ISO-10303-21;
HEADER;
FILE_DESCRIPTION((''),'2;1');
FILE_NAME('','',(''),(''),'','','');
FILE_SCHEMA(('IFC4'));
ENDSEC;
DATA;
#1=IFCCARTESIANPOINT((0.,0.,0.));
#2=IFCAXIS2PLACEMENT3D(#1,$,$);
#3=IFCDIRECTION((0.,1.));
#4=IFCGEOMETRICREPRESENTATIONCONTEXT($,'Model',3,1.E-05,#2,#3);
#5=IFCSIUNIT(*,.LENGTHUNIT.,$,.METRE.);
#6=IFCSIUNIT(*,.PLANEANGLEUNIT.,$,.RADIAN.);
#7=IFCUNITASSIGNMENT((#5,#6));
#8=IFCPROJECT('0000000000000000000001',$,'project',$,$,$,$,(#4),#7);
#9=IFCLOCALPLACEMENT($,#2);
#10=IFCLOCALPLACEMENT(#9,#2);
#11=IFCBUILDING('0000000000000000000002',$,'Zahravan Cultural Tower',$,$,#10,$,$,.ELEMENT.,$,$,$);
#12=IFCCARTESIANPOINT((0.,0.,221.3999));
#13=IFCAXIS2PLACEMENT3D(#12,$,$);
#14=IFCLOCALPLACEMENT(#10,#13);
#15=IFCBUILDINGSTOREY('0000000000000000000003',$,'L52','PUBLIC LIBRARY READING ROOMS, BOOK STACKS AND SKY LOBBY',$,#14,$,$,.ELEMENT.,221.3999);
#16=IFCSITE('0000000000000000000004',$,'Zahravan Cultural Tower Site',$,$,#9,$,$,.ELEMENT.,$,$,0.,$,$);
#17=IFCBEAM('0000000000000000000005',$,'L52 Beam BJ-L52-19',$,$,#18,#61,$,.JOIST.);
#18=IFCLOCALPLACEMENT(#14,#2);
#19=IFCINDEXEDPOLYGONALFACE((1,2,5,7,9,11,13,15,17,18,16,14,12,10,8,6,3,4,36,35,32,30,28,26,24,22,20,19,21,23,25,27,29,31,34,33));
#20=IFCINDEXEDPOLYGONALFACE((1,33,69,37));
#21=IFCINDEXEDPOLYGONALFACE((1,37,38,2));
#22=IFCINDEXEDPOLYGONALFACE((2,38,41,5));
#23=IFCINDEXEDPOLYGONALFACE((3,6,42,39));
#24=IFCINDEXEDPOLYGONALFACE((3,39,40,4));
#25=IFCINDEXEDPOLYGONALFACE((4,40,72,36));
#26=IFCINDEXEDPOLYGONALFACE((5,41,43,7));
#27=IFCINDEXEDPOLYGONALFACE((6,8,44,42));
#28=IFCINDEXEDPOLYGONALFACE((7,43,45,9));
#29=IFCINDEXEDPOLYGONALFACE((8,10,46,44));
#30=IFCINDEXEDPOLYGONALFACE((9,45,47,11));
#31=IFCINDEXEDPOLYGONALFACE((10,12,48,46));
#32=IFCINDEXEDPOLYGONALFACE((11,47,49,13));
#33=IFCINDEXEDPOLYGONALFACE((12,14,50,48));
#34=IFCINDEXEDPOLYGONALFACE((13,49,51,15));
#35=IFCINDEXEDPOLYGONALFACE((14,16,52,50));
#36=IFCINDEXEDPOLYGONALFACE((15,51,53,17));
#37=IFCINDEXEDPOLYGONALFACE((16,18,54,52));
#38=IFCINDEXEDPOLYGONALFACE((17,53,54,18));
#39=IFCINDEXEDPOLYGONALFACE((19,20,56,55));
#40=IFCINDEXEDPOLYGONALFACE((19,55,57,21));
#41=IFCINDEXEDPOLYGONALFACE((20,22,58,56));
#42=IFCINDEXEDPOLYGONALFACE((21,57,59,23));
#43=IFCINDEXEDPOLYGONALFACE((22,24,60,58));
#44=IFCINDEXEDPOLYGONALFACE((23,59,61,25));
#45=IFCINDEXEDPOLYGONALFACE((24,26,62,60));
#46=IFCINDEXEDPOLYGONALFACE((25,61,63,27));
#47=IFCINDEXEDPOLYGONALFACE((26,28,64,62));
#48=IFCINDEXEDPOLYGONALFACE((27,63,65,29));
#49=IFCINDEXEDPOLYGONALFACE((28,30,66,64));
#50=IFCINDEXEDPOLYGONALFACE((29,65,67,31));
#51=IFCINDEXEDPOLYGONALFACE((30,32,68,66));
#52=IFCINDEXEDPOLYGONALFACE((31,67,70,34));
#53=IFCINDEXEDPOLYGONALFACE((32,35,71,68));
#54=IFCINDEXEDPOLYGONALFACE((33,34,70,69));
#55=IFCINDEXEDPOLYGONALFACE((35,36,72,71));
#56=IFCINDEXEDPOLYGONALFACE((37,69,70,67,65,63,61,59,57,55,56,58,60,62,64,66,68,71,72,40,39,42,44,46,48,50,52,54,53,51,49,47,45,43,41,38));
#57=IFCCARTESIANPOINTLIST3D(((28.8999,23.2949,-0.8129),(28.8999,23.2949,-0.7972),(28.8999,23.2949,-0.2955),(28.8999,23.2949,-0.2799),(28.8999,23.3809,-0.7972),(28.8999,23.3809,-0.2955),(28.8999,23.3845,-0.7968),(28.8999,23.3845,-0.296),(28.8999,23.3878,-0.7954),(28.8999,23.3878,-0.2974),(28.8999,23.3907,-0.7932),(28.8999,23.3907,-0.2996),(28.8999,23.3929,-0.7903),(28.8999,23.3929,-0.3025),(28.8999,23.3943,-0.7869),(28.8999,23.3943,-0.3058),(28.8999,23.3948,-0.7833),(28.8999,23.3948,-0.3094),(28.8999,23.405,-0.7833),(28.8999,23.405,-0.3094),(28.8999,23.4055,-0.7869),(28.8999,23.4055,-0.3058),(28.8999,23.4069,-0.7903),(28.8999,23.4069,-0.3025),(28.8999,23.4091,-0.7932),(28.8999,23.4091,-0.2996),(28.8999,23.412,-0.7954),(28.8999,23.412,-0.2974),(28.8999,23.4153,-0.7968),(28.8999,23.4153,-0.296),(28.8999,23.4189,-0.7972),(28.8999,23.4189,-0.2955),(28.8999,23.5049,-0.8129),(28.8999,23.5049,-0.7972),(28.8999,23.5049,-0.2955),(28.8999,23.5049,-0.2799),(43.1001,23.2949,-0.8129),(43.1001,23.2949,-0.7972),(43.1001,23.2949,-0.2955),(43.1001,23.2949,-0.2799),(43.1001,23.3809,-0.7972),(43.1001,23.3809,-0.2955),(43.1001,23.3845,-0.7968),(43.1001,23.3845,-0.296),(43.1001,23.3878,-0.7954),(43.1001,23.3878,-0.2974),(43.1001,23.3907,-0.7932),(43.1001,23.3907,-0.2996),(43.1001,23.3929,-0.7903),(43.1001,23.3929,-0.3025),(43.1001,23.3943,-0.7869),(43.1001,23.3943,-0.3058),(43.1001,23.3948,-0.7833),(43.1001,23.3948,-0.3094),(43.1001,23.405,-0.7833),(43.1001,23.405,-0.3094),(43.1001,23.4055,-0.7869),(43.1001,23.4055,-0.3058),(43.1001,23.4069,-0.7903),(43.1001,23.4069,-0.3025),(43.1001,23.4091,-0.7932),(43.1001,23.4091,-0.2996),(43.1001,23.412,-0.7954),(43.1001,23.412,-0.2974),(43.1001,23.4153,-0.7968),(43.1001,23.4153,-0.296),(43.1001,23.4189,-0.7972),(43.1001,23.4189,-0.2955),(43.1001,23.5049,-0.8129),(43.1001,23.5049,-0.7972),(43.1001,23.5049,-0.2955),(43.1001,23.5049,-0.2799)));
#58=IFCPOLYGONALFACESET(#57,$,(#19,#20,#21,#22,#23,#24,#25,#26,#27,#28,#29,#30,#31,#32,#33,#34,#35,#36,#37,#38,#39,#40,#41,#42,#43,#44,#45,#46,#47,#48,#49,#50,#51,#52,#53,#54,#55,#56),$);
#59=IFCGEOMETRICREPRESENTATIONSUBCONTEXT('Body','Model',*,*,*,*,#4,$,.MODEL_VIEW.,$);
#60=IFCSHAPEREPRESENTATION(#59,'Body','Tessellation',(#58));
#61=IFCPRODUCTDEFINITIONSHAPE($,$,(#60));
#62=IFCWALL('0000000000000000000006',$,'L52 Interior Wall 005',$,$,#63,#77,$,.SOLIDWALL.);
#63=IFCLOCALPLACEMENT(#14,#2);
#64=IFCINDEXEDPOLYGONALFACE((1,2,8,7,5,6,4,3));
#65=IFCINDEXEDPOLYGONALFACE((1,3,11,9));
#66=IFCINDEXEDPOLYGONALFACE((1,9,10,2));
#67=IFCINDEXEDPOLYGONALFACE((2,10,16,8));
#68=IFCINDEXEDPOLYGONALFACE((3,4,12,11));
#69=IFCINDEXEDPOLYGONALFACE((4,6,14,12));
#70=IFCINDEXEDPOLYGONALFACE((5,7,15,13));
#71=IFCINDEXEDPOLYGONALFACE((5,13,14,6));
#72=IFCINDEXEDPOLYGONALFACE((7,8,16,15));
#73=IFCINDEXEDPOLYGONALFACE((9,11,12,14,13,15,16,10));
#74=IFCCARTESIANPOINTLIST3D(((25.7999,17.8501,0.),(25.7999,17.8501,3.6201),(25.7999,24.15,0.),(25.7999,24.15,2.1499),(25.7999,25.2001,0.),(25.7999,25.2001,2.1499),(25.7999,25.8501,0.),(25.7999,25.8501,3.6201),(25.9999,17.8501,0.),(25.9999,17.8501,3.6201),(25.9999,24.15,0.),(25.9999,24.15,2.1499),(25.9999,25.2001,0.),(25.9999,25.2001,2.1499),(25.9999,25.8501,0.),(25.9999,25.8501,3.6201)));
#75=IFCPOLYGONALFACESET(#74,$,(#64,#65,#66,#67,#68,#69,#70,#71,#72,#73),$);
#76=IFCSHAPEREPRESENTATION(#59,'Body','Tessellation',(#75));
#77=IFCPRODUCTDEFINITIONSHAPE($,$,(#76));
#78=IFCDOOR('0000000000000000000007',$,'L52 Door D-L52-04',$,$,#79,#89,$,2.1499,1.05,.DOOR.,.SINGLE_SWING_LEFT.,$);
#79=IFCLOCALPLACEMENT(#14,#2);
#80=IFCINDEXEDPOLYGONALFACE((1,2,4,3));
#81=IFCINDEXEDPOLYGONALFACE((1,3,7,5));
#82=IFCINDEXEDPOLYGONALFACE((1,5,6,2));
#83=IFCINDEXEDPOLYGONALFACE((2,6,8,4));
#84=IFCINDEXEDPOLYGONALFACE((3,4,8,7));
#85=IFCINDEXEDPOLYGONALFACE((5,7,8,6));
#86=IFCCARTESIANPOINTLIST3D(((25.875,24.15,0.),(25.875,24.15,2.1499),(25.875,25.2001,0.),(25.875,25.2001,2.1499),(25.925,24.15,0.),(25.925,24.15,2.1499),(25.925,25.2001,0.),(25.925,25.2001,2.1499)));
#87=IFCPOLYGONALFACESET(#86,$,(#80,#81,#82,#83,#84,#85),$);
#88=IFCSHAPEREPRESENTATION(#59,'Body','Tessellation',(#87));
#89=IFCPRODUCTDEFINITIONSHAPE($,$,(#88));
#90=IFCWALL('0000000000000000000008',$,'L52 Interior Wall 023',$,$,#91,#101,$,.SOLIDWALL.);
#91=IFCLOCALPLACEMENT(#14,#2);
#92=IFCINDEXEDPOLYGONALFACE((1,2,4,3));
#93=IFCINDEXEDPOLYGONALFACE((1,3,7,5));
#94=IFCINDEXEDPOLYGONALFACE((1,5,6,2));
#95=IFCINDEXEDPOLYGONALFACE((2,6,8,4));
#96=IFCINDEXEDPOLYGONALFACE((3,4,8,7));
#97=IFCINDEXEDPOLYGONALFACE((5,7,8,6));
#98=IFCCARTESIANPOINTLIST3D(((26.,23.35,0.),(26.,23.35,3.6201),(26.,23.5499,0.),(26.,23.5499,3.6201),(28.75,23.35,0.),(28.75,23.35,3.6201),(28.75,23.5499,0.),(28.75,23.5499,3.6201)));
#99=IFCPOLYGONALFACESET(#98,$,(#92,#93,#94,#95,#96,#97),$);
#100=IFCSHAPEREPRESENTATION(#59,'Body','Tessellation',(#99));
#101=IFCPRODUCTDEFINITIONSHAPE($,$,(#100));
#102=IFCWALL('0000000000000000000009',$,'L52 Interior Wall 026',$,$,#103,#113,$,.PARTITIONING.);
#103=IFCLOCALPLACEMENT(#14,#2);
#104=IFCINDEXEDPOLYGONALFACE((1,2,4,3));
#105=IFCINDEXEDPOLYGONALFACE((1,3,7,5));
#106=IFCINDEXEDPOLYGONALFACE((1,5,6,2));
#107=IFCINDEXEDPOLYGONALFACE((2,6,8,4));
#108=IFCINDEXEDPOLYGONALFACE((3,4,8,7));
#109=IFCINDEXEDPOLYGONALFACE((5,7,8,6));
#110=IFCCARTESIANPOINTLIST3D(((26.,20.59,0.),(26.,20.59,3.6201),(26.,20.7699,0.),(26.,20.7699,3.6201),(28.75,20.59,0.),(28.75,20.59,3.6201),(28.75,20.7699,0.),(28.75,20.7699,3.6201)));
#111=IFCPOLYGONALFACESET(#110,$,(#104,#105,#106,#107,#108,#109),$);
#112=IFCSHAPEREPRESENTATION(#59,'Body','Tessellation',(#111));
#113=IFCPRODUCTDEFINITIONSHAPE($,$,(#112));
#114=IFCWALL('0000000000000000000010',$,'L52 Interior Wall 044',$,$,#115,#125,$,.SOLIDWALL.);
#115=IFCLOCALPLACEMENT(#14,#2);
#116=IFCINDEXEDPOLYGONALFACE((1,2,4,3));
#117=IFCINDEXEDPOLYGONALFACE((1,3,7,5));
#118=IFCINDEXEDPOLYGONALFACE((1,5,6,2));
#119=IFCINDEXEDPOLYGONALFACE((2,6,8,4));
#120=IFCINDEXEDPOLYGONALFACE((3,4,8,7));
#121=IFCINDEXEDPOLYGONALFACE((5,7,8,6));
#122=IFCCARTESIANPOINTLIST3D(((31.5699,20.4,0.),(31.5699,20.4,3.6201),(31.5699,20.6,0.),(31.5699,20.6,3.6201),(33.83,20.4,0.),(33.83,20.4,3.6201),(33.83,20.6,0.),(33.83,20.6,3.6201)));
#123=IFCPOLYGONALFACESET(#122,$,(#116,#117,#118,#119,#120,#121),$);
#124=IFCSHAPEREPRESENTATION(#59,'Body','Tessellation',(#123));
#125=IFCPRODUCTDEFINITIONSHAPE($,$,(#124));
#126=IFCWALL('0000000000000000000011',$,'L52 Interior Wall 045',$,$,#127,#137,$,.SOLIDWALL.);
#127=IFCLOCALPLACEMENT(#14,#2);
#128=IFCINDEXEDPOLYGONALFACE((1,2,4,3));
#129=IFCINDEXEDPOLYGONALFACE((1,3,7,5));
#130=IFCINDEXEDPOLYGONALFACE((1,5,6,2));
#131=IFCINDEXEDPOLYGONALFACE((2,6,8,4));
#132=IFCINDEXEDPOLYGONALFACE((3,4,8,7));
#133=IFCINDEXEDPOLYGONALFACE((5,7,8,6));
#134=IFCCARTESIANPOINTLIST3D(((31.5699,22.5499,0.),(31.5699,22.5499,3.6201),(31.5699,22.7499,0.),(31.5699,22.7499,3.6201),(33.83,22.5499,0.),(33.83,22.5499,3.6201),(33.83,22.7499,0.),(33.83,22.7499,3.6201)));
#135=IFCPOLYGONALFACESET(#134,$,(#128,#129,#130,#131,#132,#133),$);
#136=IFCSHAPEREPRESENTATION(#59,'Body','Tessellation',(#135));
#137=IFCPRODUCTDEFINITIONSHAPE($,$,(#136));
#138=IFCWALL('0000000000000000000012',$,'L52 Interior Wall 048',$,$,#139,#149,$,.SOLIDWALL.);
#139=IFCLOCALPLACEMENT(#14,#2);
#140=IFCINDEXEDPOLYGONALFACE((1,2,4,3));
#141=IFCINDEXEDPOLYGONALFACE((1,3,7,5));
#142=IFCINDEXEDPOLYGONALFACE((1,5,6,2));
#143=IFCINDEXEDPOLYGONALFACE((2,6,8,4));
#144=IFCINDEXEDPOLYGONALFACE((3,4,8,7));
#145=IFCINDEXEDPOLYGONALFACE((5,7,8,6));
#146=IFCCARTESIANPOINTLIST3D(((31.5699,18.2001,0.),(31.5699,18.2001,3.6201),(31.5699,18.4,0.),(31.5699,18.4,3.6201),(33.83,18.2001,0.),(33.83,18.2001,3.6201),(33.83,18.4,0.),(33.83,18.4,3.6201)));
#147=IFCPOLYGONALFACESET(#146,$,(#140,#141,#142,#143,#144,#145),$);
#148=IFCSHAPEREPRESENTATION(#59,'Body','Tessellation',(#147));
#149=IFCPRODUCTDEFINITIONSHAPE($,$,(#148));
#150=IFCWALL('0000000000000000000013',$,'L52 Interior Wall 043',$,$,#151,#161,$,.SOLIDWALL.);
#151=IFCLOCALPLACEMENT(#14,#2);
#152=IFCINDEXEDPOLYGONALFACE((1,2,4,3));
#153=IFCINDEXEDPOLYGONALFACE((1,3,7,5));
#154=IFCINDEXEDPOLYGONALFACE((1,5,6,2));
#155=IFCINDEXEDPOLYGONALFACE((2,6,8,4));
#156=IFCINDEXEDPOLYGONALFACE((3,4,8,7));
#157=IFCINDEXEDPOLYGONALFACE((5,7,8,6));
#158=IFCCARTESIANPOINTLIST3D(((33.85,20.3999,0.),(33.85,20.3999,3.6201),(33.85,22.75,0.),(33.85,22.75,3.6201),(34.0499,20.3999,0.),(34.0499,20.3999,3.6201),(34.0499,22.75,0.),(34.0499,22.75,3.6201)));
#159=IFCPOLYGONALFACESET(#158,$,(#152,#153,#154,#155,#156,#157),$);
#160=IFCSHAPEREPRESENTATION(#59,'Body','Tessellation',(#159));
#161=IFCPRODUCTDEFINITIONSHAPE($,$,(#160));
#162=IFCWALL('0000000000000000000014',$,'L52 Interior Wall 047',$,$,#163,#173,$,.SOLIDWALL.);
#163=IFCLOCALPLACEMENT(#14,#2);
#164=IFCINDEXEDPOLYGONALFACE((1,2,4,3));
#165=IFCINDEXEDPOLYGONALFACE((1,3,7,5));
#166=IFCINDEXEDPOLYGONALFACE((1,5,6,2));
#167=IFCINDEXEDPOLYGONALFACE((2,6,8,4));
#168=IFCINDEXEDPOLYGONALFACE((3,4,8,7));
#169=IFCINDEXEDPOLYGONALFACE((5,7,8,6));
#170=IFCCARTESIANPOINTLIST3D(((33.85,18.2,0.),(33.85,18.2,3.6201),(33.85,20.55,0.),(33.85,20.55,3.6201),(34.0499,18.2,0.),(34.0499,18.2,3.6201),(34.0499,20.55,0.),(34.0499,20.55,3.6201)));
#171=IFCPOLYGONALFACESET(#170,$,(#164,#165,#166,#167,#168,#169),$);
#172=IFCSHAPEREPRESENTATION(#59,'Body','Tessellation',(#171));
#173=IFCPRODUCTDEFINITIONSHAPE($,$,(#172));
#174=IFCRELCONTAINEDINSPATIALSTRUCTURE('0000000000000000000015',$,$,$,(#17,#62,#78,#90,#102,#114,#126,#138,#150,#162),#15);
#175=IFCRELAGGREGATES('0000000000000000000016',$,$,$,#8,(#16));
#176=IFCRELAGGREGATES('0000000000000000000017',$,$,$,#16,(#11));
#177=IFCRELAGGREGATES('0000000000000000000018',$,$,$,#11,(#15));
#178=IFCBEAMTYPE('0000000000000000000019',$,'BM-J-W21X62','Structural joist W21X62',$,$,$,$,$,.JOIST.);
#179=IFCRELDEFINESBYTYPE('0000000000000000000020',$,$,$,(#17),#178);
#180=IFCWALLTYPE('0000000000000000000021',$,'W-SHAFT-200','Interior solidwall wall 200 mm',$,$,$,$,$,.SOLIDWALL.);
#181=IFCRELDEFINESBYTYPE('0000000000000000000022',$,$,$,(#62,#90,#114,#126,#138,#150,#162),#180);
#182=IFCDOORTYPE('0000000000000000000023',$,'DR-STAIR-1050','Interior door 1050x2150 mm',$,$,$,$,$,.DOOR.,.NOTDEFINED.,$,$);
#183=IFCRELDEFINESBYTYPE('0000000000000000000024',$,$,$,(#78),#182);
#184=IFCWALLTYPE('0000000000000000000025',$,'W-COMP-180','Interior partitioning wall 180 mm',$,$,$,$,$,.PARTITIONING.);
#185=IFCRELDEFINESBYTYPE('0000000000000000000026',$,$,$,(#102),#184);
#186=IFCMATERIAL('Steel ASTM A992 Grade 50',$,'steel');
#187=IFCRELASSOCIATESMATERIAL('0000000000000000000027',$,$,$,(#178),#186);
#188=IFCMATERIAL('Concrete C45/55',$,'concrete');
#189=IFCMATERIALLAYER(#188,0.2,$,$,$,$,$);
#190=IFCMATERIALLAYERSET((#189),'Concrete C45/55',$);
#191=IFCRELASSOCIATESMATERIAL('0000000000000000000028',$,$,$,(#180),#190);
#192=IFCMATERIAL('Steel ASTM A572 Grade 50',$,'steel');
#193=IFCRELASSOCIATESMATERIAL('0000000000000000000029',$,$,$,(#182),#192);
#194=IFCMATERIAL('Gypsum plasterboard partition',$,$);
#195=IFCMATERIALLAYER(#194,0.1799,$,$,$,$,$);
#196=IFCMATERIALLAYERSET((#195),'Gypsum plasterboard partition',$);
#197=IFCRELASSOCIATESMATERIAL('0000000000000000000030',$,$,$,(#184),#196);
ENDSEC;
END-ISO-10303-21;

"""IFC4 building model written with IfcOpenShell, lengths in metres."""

from ifc_helpers import new_model, si_unit, direction, frame, frame_2d, origin, origin_2d, place, context, subcontext, project, spatial, rectangle, i_section, extrude, source, transform, mapped, material, layer, layer_set, material_profile, profile_set, type_object, element, fill, save


model = new_model("IFC4")

# Units and contexts
model_context = context("Model", 3, precision=1e-05, world=origin(), true_north=direction((0.0, 1.0)))
body_context = subcontext(model_context, "Body", "Model", "MODEL_VIEW")
ifc_project = project(units=[si_unit("LENGTHUNIT", "METRE"), si_unit("PLANEANGLEUNIT", "RADIAN")], contexts=[model_context])

# Site, building, storey
site_placement = place(None, origin())
site = spatial("IfcSite", under=ifc_project, at=site_placement, Name="Zahravan Cultural Tower Site", CompositionType="ELEMENT", RefElevation=0.0)
building_placement = place(site_placement, origin())
building = spatial("IfcBuilding", under=site, at=building_placement, Name="Zahravan Cultural Tower", CompositionType="ELEMENT")
storey_placement = place(building_placement, frame((0.0, 0.0, 221.3999)))
storey = spatial("IfcBuildingStorey", under=building, at=storey_placement, Name="L52", Description="PUBLIC LIBRARY READING ROOMS, BOOK STACKS AND SKY LOBBY", CompositionType="ELEMENT", Elevation=221.3999)

# Beam
ifc_material_1 = material(Name="Steel ASTM A992 Grade 50", Category="steel")
ifc_material_profile = material_profile(ifc_material_1, i_section(OverallWidth=0.21, OverallDepth=0.533, WebThickness=0.0103, FlangeThickness=0.0156, FilletRadius=0.0139, at=origin_2d()), Name="W21X62")
ifc_profile_set = profile_set([ifc_material_profile], Name="Steel ASTM A992 Grade 50")
beam_type = type_object("IfcBeamType", Name="BM-J-W21X62", Description="Structural joist W21X62", PredefinedType="JOIST", material=ifc_profile_set)
shared_shape_1 = source(origin(), body_context, "Body", "SweptSolid", [
    extrude(i_section(OverallWidth=0.21, OverallDepth=0.533, WebThickness=0.0103, FlangeThickness=0.0156, FilletRadius=0.0139, at=origin_2d()), origin(), (0.0, 0.0, 1.0), 14.2002),
])
beam_placement = place(storey_placement, frame((28.8999, 23.3999, -0.5464), z_axis=(1.0, 0.0, 0.0), x_axis=(0.0, 1.0, 0.0)))
element("IfcBeam", 1, at=beam_placement, inside=storey, type_object=beam_type, Name="L52 Beam BJ-L52-19", PredefinedType="JOIST", context=body_context, shape_type="MappedRepresentation", body=[
    mapped(shared_shape_1, transform((0.0, 0.0, 0.0), x_axis=(1.0, 0.0, 0.0), y_axis=(0.0, 1.0, 0.0), z_axis=(0.0, 0.0, 1.0), scale=1.0)),
])

# Wall, opening, door
ifc_material_2 = material(Name="Gypsum plasterboard partition")
ifc_material_3 = material(Name="Concrete C45/55", Category="concrete")
ifc_layer_1 = layer(ifc_material_3, 0.2)
ifc_layer_set_1 = layer_set([ifc_layer_1], Name="Concrete C45/55")
wall_type_1 = type_object("IfcWallType", Name="W-SHAFT-200", Description="Interior solidwall wall 200 mm", PredefinedType="SOLIDWALL", material=ifc_layer_set_1)
wall_1_placement = place(storey_placement, frame((25.8999, 17.8501, 0.0), z_axis=(0.0, 0.0, 1.0), x_axis=(0.0, 1.0, 0.0)))
wall_1 = element("IfcWall", 2, at=wall_1_placement, inside=storey, type_object=wall_type_1, Name="L52 Interior Wall 005", PredefinedType="SOLIDWALL", context=body_context, shape_type="SweptSolid", body=[
    extrude(rectangle(XDim=8.0, YDim=0.2, at=frame_2d((4.0, 0.0))), origin(), (0.0, 0.0, 1.0), 3.6201),
])
opening_1_placement = place(wall_1_placement, frame((6.3, 0.0, 0.0)))
opening_1 = element("IfcOpeningElement", 3, at=opening_1_placement, cuts=wall_1, PredefinedType="OPENING", context=body_context, shape_type="SweptSolid", body=[
    extrude(rectangle(XDim=1.05, YDim=2.1499, at=frame_2d((0.5249, 1.075))), frame((0.0, 0.1099, 0.0), z_axis=(0.0, -1.0, 0.0), x_axis=(1.0, 0.0, 0.0)), (0.0, 0.0, 1.0), 0.22),
])
ifc_material_4 = material(Name="Steel ASTM A572 Grade 50", Category="steel")
door_type_1 = type_object("IfcDoorType", Name="DR-STAIR-1050", Description="Interior door 1050x2150 mm", OperationType="NOTDEFINED", PredefinedType="DOOR", material=ifc_material_4)
shared_shape_2 = source(origin(), body_context, "Body", "SweptSolid", [
    extrude(rectangle(XDim=1.05, YDim=2.1499, at=frame_2d((0.5249, 1.075))), frame((0.0, 0.0249, 0.0), z_axis=(0.0, -1.0, 0.0), x_axis=(1.0, 0.0, 0.0)), (0.0, 0.0, 1.0), 0.05),
])
door_1_placement = place(opening_1_placement, origin())
door_1 = element("IfcDoor", 4, at=door_1_placement, inside=storey, type_object=door_type_1, Name="L52 Door D-L52-04", OperationType="SINGLE_SWING_LEFT", OverallHeight=2.1499, OverallWidth=1.05, PredefinedType="DOOR", context=body_context, shape_type="MappedRepresentation", body=[
    mapped(shared_shape_2, transform((0.0, 0.0, 0.0), x_axis=(1.0, 0.0, 0.0), y_axis=(0.0, 1.0, 0.0), z_axis=(0.0, 0.0, 1.0), scale=1.0)),
])
fill(opening_1, door_1)

# Walls
shared_shape_3 = source(origin(), body_context, "Body", "SweptSolid", [
    extrude(rectangle(XDim=2.75, YDim=0.2, at=frame_2d((1.375, 0.0))), origin(), (0.0, 0.0, 1.0), 3.6201),
])
wall_2_placement = place(storey_placement, frame((26.0, 23.45, 0.0), z_axis=(0.0, 0.0, 1.0), x_axis=(1.0, 0.0, 0.0)))
element("IfcWall", 5, at=wall_2_placement, inside=storey, type_object=wall_type_1, Name="L52 Interior Wall 023", PredefinedType="SOLIDWALL", context=body_context, shape_type="MappedRepresentation", body=[
    mapped(shared_shape_3, transform((0.0, 0.0, 0.0), x_axis=(1.0, 0.0, 0.0), y_axis=(0.0, 1.0, 0.0), z_axis=(0.0, 0.0, 1.0), scale=1.0)),
])
ifc_layer_2 = layer(ifc_material_2, 0.1799)
ifc_layer_set_2 = layer_set([ifc_layer_2], Name="Gypsum plasterboard partition")
wall_type_2 = type_object("IfcWallType", Name="W-COMP-180", Description="Interior partitioning wall 180 mm", PredefinedType="PARTITIONING", material=ifc_layer_set_2)
shared_shape_4 = source(origin(), body_context, "Body", "SweptSolid", [
    extrude(rectangle(XDim=2.75, YDim=0.1799, at=frame_2d((1.375, 0.0))), origin(), (0.0, 0.0, 1.0), 3.6201),
])
wall_3_placement = place(storey_placement, frame((26.0, 20.6799, 0.0), z_axis=(0.0, 0.0, 1.0), x_axis=(1.0, 0.0, 0.0)))
element("IfcWall", 6, at=wall_3_placement, inside=storey, type_object=wall_type_2, Name="L52 Interior Wall 026", PredefinedType="PARTITIONING", context=body_context, shape_type="MappedRepresentation", body=[
    mapped(shared_shape_4, transform((0.0, 0.0, 0.0), x_axis=(1.0, 0.0, 0.0), y_axis=(0.0, 1.0, 0.0), z_axis=(0.0, 0.0, 1.0), scale=1.0)),
])
shared_shape_5 = source(origin(), body_context, "Body", "SweptSolid", [
    extrude(rectangle(XDim=2.26, YDim=0.2, at=frame_2d((1.1299, 0.0))), origin(), (0.0, 0.0, 1.0), 3.6201),
])
for number, where, z_axis, x_axis, name in (
    (7, (31.5701, 20.5, 0.0), (0.0, 0.0, 1.0), (1.0, 0.0, 0.0), "L52 Interior Wall 044"),
    (8, (31.5701, 22.6499, 0.0), (0.0, 0.0, 1.0), (1.0, 0.0, 0.0), "L52 Interior Wall 045"),
    (9, (31.5701, 18.3, 0.0), (0.0, 0.0, 1.0), (1.0, 0.0, 0.0), "L52 Interior Wall 048"),
):
    element("IfcWall", number, at=place(storey_placement, frame(where, z_axis=z_axis, x_axis=x_axis)), inside=storey, type_object=wall_type_1, Name=name, PredefinedType="SOLIDWALL", context=body_context, shape_type="MappedRepresentation", body=[
        mapped(shared_shape_5, transform((0.0, 0.0, 0.0), x_axis=(1.0, 0.0, 0.0), y_axis=(0.0, 1.0, 0.0), z_axis=(0.0, 0.0, 1.0), scale=1.0)),
    ])
shared_shape_6 = source(origin(), body_context, "Body", "SweptSolid", [
    extrude(rectangle(XDim=2.3501, YDim=0.2, at=frame_2d((1.175, 0.0))), origin(), (0.0, 0.0, 1.0), 3.6201),
])
for number, where, z_axis, x_axis, name in (
    (10, (33.95, 20.3999, 0.0), (0.0, 0.0, 1.0), (0.0, 1.0, 0.0), "L52 Interior Wall 043"),
    (11, (33.95, 18.2, 0.0), (0.0, 0.0, 1.0), (0.0, 1.0, 0.0), "L52 Interior Wall 047"),
):
    element("IfcWall", number, at=place(storey_placement, frame(where, z_axis=z_axis, x_axis=x_axis)), inside=storey, type_object=wall_type_1, Name=name, PredefinedType="SOLIDWALL", context=body_context, shape_type="MappedRepresentation", body=[
        mapped(shared_shape_6, transform((0.0, 0.0, 0.0), x_axis=(1.0, 0.0, 0.0), y_axis=(0.0, 1.0, 0.0), z_axis=(0.0, 0.0, 1.0), scale=1.0)),
    ])

save(model, "model.ifc")
